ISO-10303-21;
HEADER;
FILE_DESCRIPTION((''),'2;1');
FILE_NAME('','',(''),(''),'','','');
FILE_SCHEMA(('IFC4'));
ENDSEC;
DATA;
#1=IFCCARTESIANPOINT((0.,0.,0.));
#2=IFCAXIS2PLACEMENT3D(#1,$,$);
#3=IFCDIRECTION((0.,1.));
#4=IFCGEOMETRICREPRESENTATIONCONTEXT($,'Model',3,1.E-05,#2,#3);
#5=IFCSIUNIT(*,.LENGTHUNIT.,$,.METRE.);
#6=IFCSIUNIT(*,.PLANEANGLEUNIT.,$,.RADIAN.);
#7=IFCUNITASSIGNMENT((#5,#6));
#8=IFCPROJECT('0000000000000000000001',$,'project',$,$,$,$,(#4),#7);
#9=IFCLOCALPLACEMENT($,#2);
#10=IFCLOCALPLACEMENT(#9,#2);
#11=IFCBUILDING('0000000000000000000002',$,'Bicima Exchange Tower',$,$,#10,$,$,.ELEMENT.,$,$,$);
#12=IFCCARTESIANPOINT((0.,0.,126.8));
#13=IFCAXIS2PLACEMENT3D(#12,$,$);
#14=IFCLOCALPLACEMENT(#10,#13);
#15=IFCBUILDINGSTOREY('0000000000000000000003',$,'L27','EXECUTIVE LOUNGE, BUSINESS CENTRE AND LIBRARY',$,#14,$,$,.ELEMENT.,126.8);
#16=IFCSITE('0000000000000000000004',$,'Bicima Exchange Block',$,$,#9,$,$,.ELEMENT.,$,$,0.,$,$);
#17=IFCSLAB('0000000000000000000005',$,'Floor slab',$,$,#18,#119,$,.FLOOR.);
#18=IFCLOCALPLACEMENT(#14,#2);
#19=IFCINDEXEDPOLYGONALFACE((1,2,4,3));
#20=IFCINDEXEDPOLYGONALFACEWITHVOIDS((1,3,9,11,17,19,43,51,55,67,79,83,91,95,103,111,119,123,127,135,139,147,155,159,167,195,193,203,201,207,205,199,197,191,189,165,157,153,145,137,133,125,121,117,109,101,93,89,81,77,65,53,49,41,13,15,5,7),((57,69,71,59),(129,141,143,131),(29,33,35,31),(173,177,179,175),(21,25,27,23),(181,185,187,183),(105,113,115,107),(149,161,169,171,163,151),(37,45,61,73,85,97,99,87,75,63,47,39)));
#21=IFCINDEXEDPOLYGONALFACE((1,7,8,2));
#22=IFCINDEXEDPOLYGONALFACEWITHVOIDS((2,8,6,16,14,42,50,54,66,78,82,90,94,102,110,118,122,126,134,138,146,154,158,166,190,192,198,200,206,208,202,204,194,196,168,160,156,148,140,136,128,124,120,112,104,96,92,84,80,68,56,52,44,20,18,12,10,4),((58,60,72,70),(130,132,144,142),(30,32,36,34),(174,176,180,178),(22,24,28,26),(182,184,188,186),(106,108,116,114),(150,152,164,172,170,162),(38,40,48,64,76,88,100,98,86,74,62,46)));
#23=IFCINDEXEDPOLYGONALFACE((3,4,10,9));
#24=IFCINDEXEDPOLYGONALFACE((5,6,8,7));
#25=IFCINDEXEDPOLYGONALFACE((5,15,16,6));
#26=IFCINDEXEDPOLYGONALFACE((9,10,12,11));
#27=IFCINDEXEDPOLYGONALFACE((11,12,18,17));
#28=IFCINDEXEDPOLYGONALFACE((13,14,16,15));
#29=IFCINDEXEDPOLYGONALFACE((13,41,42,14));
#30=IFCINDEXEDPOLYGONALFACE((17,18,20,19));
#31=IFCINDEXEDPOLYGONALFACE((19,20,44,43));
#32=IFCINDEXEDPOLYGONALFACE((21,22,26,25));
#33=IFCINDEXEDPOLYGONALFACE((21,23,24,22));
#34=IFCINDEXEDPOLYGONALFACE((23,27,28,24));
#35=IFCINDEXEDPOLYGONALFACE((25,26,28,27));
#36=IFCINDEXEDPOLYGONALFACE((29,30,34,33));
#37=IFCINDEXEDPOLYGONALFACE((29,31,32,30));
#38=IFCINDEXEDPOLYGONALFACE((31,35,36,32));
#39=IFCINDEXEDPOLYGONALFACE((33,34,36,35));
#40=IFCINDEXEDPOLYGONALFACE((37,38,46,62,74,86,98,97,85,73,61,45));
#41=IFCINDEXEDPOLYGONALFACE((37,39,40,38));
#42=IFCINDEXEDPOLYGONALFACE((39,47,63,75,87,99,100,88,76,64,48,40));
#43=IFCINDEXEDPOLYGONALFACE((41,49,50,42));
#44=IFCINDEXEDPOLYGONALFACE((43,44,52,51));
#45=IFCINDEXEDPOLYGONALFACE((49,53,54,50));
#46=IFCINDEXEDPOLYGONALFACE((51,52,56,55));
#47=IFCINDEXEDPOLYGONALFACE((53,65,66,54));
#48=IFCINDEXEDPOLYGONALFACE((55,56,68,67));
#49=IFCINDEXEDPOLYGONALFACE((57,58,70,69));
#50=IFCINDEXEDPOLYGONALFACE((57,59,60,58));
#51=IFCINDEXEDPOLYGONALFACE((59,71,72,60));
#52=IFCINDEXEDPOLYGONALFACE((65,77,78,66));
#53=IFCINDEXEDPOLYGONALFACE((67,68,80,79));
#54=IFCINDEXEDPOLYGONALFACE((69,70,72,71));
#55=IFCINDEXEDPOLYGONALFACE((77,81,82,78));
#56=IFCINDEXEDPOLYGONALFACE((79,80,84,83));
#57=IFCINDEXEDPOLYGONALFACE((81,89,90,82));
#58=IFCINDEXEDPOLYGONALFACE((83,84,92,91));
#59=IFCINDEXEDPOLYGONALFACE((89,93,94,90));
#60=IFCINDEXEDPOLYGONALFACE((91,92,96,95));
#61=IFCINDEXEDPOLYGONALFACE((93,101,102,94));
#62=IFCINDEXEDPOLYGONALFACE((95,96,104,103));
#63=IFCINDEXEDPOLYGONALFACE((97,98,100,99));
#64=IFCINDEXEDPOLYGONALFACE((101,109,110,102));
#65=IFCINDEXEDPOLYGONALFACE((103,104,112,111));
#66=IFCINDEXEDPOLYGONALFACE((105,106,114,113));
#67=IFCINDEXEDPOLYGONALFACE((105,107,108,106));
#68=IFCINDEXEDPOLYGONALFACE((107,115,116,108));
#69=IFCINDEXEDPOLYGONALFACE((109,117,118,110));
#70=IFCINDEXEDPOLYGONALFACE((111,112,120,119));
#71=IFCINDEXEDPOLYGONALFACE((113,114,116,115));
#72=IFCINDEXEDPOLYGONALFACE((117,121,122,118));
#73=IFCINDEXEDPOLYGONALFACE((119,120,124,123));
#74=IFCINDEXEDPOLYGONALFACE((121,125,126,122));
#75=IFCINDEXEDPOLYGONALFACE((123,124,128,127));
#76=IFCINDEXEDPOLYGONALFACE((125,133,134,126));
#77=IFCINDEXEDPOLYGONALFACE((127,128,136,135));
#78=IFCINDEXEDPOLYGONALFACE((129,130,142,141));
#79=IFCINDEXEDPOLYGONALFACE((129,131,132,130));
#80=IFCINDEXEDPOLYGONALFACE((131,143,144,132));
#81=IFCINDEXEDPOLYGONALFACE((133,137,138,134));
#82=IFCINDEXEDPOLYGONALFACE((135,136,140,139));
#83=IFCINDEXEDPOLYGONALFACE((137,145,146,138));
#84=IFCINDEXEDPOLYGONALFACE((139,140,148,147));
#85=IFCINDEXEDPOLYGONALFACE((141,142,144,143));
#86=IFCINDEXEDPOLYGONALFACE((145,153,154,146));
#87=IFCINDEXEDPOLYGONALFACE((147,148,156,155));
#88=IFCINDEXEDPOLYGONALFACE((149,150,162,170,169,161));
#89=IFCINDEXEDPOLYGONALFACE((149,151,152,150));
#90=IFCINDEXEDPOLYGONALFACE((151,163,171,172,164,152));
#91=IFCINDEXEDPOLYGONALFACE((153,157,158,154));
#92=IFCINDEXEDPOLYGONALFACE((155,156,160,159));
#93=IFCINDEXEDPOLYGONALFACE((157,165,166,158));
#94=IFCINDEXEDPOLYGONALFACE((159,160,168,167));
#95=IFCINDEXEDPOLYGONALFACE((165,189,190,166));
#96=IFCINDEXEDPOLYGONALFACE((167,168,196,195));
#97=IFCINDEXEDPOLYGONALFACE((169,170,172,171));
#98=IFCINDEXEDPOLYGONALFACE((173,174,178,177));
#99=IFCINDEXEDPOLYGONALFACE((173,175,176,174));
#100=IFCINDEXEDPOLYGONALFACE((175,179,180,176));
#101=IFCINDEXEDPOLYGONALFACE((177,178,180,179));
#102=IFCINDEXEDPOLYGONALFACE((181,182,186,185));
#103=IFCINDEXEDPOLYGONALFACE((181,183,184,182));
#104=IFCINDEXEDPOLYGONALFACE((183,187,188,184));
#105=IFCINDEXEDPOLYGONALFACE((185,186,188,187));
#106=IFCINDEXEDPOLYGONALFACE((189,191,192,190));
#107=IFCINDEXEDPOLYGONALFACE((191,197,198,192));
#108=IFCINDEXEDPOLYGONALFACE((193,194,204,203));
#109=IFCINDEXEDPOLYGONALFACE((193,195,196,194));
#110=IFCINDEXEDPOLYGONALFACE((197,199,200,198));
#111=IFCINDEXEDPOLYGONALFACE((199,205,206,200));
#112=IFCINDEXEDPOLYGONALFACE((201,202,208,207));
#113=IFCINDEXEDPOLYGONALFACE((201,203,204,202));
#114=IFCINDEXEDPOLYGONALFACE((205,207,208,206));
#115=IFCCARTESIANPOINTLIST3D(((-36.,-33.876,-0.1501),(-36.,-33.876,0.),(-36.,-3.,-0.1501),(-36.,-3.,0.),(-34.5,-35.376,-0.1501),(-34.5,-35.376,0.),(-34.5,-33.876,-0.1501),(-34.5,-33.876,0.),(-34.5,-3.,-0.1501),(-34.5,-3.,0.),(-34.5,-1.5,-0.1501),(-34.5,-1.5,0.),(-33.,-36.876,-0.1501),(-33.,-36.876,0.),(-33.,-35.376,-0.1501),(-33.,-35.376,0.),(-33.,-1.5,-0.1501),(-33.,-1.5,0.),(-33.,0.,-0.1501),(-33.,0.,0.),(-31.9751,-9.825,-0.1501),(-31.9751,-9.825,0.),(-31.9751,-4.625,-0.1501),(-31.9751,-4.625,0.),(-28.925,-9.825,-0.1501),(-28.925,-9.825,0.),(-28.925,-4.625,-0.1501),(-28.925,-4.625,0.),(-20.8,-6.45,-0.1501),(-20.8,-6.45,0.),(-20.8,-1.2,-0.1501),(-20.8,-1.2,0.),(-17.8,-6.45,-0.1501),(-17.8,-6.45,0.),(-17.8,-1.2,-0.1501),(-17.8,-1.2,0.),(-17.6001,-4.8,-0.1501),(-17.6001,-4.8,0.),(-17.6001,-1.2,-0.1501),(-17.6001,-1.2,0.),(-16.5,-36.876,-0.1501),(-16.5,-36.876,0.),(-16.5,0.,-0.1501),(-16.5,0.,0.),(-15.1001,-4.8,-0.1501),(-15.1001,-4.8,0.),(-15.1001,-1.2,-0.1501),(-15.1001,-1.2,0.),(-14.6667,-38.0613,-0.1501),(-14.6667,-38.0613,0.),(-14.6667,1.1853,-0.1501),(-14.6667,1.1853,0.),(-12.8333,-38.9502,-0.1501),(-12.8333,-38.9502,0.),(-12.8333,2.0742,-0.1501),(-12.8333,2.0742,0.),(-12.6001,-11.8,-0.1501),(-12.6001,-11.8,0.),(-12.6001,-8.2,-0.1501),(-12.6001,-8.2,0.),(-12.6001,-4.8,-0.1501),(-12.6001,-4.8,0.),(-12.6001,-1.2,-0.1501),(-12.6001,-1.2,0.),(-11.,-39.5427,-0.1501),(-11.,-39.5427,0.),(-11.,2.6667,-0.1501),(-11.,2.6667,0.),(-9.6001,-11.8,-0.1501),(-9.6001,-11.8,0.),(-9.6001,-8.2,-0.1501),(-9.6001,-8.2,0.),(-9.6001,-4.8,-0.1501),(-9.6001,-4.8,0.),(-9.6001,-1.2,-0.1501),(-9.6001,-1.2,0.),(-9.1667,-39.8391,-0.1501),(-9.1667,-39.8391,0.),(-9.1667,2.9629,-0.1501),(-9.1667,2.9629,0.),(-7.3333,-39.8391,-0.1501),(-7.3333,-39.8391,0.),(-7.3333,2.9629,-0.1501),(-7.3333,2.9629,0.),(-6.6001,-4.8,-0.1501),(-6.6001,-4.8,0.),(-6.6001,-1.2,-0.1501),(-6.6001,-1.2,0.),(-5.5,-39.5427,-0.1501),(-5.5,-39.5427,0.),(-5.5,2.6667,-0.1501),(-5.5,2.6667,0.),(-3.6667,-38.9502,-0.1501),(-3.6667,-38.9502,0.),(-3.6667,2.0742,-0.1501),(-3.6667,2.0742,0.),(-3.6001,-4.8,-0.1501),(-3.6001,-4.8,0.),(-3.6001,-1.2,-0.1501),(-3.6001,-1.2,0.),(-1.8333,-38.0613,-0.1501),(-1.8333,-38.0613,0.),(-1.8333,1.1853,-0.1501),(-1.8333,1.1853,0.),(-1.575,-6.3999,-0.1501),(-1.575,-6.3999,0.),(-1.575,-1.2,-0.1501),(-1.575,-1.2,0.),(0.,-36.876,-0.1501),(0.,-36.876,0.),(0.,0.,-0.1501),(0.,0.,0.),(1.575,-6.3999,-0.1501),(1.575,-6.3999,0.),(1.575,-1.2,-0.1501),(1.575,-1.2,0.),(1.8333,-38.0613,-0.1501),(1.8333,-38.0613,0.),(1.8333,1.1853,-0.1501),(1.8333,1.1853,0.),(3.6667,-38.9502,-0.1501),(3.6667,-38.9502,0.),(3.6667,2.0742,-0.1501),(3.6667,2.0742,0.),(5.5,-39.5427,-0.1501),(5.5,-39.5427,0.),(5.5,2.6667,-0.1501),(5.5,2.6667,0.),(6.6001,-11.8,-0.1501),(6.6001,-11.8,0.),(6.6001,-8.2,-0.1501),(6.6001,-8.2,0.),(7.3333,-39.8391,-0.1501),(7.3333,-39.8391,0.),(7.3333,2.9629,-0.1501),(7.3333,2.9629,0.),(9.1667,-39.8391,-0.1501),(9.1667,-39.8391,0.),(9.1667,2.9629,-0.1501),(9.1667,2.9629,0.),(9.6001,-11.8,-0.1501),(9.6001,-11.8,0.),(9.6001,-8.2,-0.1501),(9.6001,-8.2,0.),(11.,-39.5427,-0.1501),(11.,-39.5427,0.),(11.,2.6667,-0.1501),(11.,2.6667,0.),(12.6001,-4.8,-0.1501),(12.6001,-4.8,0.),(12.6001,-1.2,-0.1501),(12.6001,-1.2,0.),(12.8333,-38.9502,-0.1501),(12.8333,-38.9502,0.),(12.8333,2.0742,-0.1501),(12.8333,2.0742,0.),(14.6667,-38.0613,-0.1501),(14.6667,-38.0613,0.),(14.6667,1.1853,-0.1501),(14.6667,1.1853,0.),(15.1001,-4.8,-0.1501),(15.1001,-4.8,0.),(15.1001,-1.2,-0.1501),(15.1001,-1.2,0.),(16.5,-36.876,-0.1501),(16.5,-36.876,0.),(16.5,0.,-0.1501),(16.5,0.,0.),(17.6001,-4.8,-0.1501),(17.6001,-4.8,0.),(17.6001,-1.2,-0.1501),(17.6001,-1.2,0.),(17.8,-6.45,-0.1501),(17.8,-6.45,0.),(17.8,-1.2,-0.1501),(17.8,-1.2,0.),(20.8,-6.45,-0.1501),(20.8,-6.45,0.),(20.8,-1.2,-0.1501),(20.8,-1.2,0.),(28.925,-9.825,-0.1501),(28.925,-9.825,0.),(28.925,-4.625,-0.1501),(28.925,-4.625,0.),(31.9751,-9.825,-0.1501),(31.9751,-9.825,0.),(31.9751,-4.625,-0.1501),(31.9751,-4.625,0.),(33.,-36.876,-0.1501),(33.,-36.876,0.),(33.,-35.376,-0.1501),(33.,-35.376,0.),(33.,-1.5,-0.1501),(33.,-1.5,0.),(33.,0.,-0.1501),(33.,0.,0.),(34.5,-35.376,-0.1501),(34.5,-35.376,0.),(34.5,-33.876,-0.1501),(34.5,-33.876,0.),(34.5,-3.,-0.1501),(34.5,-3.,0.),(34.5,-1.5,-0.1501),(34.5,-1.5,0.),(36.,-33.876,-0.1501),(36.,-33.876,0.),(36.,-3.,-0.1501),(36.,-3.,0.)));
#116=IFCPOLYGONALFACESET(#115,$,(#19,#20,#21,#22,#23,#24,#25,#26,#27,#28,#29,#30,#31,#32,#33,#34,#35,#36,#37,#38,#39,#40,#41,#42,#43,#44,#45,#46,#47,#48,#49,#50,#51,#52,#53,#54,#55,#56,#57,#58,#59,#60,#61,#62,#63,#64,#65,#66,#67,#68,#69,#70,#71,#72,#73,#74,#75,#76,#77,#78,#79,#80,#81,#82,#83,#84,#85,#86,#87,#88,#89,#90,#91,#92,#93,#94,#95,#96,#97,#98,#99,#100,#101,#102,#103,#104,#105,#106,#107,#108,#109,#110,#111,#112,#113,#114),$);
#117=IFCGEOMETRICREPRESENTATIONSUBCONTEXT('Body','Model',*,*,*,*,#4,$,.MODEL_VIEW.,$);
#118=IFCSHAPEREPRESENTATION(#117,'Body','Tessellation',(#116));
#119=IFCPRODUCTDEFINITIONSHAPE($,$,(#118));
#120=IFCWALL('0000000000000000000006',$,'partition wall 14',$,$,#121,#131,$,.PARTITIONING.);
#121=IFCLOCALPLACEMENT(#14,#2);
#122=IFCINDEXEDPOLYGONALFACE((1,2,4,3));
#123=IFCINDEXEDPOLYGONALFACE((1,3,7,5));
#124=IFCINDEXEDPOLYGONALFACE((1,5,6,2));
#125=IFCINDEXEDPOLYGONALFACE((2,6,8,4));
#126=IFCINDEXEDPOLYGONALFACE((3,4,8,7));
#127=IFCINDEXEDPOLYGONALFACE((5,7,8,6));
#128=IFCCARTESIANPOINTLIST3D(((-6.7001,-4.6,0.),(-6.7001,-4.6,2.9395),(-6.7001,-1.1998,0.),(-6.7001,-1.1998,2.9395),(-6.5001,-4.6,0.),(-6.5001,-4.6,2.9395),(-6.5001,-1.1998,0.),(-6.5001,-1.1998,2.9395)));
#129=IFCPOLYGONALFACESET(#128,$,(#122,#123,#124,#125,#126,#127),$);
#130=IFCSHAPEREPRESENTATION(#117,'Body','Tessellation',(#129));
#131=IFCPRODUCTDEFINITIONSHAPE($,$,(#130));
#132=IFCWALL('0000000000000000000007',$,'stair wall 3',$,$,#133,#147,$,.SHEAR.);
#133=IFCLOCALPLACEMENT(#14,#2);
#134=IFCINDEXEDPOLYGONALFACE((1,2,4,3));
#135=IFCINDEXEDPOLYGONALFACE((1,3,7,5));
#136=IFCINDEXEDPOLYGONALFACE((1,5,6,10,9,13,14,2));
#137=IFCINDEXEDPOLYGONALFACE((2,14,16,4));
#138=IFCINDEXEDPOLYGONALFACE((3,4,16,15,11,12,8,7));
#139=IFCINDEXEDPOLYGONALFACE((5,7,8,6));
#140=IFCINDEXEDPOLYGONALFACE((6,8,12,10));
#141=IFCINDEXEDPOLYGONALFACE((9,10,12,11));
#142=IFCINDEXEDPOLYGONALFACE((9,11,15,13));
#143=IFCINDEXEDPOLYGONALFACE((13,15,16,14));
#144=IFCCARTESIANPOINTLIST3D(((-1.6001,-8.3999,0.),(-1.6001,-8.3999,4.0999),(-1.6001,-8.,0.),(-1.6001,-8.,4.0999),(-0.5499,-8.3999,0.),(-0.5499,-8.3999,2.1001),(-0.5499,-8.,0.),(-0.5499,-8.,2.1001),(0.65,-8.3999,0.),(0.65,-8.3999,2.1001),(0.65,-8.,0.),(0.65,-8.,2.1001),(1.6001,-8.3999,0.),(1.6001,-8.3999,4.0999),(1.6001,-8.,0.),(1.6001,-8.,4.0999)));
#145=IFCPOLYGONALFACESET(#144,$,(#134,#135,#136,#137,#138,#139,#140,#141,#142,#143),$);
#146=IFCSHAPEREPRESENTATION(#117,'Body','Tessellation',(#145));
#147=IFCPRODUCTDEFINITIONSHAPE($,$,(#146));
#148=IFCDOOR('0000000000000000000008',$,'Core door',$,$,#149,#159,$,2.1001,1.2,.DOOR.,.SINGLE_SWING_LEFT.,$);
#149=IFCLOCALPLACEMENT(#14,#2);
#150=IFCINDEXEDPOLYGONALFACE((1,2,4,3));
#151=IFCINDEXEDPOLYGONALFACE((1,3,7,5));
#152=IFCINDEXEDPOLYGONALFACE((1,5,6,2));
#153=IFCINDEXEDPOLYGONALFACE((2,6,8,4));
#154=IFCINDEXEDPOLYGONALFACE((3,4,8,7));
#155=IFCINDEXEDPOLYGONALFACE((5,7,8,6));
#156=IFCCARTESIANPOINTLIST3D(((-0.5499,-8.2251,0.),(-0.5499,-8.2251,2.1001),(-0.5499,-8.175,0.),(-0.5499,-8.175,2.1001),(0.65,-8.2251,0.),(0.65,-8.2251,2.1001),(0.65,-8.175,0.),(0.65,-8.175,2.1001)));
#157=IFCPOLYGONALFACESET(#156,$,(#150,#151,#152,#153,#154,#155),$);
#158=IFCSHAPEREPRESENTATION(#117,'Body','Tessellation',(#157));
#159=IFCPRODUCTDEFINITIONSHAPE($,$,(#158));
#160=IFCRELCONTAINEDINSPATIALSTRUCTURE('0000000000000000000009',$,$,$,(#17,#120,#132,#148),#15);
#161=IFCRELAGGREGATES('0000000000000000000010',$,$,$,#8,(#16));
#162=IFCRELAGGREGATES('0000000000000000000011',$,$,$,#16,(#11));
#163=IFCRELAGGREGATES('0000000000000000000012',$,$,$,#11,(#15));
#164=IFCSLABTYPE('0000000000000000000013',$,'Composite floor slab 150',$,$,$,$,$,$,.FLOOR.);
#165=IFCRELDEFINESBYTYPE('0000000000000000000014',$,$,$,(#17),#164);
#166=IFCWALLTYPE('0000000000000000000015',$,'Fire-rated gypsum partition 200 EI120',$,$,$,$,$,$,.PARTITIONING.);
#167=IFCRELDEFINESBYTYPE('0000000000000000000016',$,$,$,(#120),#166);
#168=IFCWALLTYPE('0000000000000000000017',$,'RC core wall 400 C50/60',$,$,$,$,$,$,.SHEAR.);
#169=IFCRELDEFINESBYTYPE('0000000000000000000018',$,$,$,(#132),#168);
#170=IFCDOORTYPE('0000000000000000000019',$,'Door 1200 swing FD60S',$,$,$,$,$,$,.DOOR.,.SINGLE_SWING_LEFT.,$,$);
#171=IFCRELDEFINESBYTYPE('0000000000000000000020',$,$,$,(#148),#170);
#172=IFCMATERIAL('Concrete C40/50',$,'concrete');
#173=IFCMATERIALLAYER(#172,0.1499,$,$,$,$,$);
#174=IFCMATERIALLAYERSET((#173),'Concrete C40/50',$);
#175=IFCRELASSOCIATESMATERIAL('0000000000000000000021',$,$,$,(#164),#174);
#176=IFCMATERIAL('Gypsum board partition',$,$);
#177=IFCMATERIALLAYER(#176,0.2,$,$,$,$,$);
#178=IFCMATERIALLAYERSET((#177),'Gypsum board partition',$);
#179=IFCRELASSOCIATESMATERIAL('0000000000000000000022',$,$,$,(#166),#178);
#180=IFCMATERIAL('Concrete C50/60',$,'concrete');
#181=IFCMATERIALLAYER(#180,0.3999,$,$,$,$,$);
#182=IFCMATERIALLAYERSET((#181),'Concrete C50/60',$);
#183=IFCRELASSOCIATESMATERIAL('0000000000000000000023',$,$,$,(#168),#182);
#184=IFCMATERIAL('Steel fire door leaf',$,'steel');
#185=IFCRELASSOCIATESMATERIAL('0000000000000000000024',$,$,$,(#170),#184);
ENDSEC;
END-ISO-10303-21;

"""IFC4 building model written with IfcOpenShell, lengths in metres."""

from ifc_helpers import new_model, si_unit, direction, frame, frame_2d, origin, place, context, subcontext, project, spatial, polyline, rectangle, outline, extrude, material, layer, layer_set, type_object, element, fill, save


model = new_model("IFC4")

# Units and contexts
model_context = context("Model", 3, precision=1e-05, world=origin(), true_north=direction((0.0, 1.0)))
body_context = subcontext(model_context, "Body", "Model", "MODEL_VIEW")
ifc_project = project(units=[si_unit("LENGTHUNIT", "METRE"), si_unit("PLANEANGLEUNIT", "RADIAN")], contexts=[model_context])

# Site, building, storey
site_placement = place(None, origin())
site = spatial("IfcSite", under=ifc_project, at=site_placement, Name="Bicima Exchange Block", CompositionType="ELEMENT", RefElevation=0.0)
building_placement = place(site_placement, origin())
building = spatial("IfcBuilding", under=site, at=building_placement, Name="Bicima Exchange Tower", CompositionType="ELEMENT")
storey_placement = place(building_placement, frame((0.0, 0.0, 126.8)))
storey = spatial("IfcBuildingStorey", under=building, at=storey_placement, Name="L27", Description="EXECUTIVE LOUNGE, BUSINESS CENTRE AND LIBRARY", CompositionType="ELEMENT", Elevation=126.8)

# Slab
ifc_material_1 = material(Name="Concrete C40/50", Category="concrete")
ifc_layer_1 = layer(ifc_material_1, 0.1499)
ifc_layer_set_1 = layer_set([ifc_layer_1], Name="Concrete C40/50")
slab_type = type_object("IfcSlabType", Name="Composite floor slab 150", PredefinedType="FLOOR", material=ifc_layer_set_1)
slab_placement = place(storey_placement, frame((0.0, 0.0, -0.1501)))
element("IfcSlab", 1, at=slab_placement, inside=storey, type_object=slab_type, Name="Floor slab", PredefinedType="FLOOR", context=body_context, shape_type="SweptSolid", body=[
    extrude(outline(polyline([(-36.0, -33.876), (-36.0, -3.0), (-34.5, -3.0), (-34.5, -1.5), (-33.0, -1.5), (-33.0, 0.0), (-16.5, 0.0), (-14.6667, 1.1853), (-12.8333, 2.0742), (-11.0, 2.6667), (-9.1667, 2.9629), (-7.3333, 2.9629), (-5.5, 2.6667), (-3.6667, 2.0742), (-1.8333, 1.1853), (0.0, 0.0), (1.8333, 1.1853), (3.6667, 2.0742), (5.5, 2.6667), (7.3333, 2.9629), (9.1667, 2.9629), (11.0, 2.6667), (12.8333, 2.0742), (14.6667, 1.1853), (16.5, 0.0), (33.0, 0.0), (33.0, -1.5), (34.5, -1.5), (34.5, -3.0), (36.0, -3.0), (36.0, -33.876), (34.5, -33.876), (34.5, -35.376), (33.0, -35.376), (33.0, -36.876), (16.5, -36.876), (14.6667, -38.0613), (12.8333, -38.9502), (11.0, -39.5427), (9.1667, -39.8391), (7.3333, -39.8391), (5.5, -39.5427), (3.6667, -38.9502), (1.8333, -38.0613), (0.0, -36.876), (-1.8333, -38.0613), (-3.6667, -38.9502), (-5.5, -39.5427), (-7.3333, -39.8391), (-9.1667, -39.8391), (-11.0, -39.5427), (-12.8333, -38.9502), (-14.6667, -38.0613), (-16.5, -36.876), (-33.0, -36.876), (-33.0, -35.376), (-34.5, -35.376), (-34.5, -33.876), (-36.0, -33.876)]), holes=[polyline([(-9.6001, -11.8), (-9.6001, -8.2), (-12.6001, -8.2), (-12.6001, -11.8), (-9.6001, -11.8)]), polyline([(-31.9751, -9.825), (-28.925, -9.825), (-28.925, -4.625), (-31.9751, -4.625), (-31.9751, -9.825)]), polyline([(-20.8, -6.45), (-17.8, -6.45), (-17.8, -1.2), (-20.8, -1.2), (-20.8, -6.45)]), polyline([(-9.6001, -1.2), (-12.6001, -1.2), (-15.1001, -1.2), (-17.6001, -1.2), (-17.6001, -4.8), (-15.1001, -4.8), (-12.6001, -4.8), (-9.6001, -4.8), (-6.6001, -4.8), (-3.6001, -4.8), (-3.6001, -1.2), (-6.6001, -1.2), (-9.6001, -1.2)]), polyline([(9.6001, -11.8), (9.6001, -8.2), (6.6001, -8.2), (6.6001, -11.8), (9.6001, -11.8)]), polyline([(28.925, -9.825), (31.9751, -9.825), (31.9751, -4.625), (28.925, -4.625), (28.925, -9.825)]), polyline([(17.8, -6.45), (20.8, -6.45), (20.8, -1.2), (17.8, -1.2), (17.8, -6.45)]), polyline([(-1.575, -6.3999), (1.575, -6.3999), (1.575, -1.2), (-1.575, -1.2), (-1.575, -6.3999)]), polyline([(17.6001, -4.8), (17.6001, -1.2), (15.1001, -1.2), (12.6001, -1.2), (12.6001, -4.8), (15.1001, -4.8), (17.6001, -4.8)])]), origin(), (0.0, 0.0, 1.0), 0.1501),
])

# Wall
ifc_material_2 = material(Name="Gypsum board partition")
ifc_layer_2 = layer(ifc_material_2, 0.2)
ifc_layer_set_2 = layer_set([ifc_layer_2], Name="Gypsum board partition")
wall_type_1 = type_object("IfcWallType", Name="Fire-rated gypsum partition 200 EI120", PredefinedType="PARTITIONING", material=ifc_layer_set_2)
wall_1_placement = place(storey_placement, frame((-6.6001, -4.6001, 0.0), z_axis=(0.0, 0.0, 1.0), x_axis=(0.0, 1.0, 0.0)))
element("IfcWall", 2, at=wall_1_placement, inside=storey, type_object=wall_type_1, Name="partition wall 14", PredefinedType="PARTITIONING", context=body_context, shape_type="SweptSolid", body=[
    extrude(rectangle(XDim=3.4001, YDim=0.2, at=frame_2d((1.7002, 0.0))), origin(), (0.0, 0.0, 1.0), 2.9395),
])

# Wall, opening, door
ifc_material_3 = material(Name="Concrete C50/60", Category="concrete")
ifc_layer_3 = layer(ifc_material_3, 0.3999)
ifc_layer_set_3 = layer_set([ifc_layer_3], Name="Concrete C50/60")
wall_type_2 = type_object("IfcWallType", Name="RC core wall 400 C50/60", PredefinedType="SHEAR", material=ifc_layer_set_3)
wall_2_placement = place(storey_placement, frame((-1.6001, -8.2, 0.0), z_axis=(0.0, 0.0, 1.0), x_axis=(1.0, 0.0, 0.0)))
wall_2 = element("IfcWall", 3, at=wall_2_placement, inside=storey, type_object=wall_type_2, Name="stair wall 3", PredefinedType="SHEAR", context=body_context, shape_type="SweptSolid", body=[
    extrude(rectangle(XDim=3.2002, YDim=0.3999, at=frame_2d((1.6001, 0.0))), origin(), (0.0, 0.0, 1.0), 4.0999),
])
opening_1_placement = place(wall_2_placement, frame((1.05, 0.0, 0.0)))
opening_1 = element("IfcOpeningElement", 4, at=opening_1_placement, cuts=wall_2, PredefinedType="OPENING", context=body_context, shape_type="SweptSolid", body=[
    extrude(rectangle(XDim=1.2, YDim=2.1001, at=frame_2d((0.6001, 1.05))), frame((0.0, 0.2119, 0.0), z_axis=(0.0, -1.0, 0.0), x_axis=(1.0, 0.0, 0.0)), (0.0, 0.0, 1.0), 0.4238),
])
ifc_material_4 = material(Name="Steel fire door leaf", Category="steel")
door_type_1 = type_object("IfcDoorType", Name="Door 1200 swing FD60S", OperationType="SINGLE_SWING_LEFT", PredefinedType="DOOR", material=ifc_material_4)
door_1_placement = place(opening_1_placement, origin())
door_1 = element("IfcDoor", 5, at=door_1_placement, inside=storey, type_object=door_type_1, Name="Core door", OperationType="SINGLE_SWING_LEFT", OverallHeight=2.1001, OverallWidth=1.2, PredefinedType="DOOR", context=body_context, shape_type="SweptSolid", body=[
    extrude(rectangle(XDim=1.2, YDim=2.1001, at=frame_2d((0.6001, 1.05))), frame((0.0, 0.0249, 0.0), z_axis=(0.0, -1.0, 0.0), x_axis=(1.0, 0.0, 0.0)), (0.0, 0.0, 1.0), 0.05),
])
fill(opening_1, door_1)

save(model, "model.ifc")
